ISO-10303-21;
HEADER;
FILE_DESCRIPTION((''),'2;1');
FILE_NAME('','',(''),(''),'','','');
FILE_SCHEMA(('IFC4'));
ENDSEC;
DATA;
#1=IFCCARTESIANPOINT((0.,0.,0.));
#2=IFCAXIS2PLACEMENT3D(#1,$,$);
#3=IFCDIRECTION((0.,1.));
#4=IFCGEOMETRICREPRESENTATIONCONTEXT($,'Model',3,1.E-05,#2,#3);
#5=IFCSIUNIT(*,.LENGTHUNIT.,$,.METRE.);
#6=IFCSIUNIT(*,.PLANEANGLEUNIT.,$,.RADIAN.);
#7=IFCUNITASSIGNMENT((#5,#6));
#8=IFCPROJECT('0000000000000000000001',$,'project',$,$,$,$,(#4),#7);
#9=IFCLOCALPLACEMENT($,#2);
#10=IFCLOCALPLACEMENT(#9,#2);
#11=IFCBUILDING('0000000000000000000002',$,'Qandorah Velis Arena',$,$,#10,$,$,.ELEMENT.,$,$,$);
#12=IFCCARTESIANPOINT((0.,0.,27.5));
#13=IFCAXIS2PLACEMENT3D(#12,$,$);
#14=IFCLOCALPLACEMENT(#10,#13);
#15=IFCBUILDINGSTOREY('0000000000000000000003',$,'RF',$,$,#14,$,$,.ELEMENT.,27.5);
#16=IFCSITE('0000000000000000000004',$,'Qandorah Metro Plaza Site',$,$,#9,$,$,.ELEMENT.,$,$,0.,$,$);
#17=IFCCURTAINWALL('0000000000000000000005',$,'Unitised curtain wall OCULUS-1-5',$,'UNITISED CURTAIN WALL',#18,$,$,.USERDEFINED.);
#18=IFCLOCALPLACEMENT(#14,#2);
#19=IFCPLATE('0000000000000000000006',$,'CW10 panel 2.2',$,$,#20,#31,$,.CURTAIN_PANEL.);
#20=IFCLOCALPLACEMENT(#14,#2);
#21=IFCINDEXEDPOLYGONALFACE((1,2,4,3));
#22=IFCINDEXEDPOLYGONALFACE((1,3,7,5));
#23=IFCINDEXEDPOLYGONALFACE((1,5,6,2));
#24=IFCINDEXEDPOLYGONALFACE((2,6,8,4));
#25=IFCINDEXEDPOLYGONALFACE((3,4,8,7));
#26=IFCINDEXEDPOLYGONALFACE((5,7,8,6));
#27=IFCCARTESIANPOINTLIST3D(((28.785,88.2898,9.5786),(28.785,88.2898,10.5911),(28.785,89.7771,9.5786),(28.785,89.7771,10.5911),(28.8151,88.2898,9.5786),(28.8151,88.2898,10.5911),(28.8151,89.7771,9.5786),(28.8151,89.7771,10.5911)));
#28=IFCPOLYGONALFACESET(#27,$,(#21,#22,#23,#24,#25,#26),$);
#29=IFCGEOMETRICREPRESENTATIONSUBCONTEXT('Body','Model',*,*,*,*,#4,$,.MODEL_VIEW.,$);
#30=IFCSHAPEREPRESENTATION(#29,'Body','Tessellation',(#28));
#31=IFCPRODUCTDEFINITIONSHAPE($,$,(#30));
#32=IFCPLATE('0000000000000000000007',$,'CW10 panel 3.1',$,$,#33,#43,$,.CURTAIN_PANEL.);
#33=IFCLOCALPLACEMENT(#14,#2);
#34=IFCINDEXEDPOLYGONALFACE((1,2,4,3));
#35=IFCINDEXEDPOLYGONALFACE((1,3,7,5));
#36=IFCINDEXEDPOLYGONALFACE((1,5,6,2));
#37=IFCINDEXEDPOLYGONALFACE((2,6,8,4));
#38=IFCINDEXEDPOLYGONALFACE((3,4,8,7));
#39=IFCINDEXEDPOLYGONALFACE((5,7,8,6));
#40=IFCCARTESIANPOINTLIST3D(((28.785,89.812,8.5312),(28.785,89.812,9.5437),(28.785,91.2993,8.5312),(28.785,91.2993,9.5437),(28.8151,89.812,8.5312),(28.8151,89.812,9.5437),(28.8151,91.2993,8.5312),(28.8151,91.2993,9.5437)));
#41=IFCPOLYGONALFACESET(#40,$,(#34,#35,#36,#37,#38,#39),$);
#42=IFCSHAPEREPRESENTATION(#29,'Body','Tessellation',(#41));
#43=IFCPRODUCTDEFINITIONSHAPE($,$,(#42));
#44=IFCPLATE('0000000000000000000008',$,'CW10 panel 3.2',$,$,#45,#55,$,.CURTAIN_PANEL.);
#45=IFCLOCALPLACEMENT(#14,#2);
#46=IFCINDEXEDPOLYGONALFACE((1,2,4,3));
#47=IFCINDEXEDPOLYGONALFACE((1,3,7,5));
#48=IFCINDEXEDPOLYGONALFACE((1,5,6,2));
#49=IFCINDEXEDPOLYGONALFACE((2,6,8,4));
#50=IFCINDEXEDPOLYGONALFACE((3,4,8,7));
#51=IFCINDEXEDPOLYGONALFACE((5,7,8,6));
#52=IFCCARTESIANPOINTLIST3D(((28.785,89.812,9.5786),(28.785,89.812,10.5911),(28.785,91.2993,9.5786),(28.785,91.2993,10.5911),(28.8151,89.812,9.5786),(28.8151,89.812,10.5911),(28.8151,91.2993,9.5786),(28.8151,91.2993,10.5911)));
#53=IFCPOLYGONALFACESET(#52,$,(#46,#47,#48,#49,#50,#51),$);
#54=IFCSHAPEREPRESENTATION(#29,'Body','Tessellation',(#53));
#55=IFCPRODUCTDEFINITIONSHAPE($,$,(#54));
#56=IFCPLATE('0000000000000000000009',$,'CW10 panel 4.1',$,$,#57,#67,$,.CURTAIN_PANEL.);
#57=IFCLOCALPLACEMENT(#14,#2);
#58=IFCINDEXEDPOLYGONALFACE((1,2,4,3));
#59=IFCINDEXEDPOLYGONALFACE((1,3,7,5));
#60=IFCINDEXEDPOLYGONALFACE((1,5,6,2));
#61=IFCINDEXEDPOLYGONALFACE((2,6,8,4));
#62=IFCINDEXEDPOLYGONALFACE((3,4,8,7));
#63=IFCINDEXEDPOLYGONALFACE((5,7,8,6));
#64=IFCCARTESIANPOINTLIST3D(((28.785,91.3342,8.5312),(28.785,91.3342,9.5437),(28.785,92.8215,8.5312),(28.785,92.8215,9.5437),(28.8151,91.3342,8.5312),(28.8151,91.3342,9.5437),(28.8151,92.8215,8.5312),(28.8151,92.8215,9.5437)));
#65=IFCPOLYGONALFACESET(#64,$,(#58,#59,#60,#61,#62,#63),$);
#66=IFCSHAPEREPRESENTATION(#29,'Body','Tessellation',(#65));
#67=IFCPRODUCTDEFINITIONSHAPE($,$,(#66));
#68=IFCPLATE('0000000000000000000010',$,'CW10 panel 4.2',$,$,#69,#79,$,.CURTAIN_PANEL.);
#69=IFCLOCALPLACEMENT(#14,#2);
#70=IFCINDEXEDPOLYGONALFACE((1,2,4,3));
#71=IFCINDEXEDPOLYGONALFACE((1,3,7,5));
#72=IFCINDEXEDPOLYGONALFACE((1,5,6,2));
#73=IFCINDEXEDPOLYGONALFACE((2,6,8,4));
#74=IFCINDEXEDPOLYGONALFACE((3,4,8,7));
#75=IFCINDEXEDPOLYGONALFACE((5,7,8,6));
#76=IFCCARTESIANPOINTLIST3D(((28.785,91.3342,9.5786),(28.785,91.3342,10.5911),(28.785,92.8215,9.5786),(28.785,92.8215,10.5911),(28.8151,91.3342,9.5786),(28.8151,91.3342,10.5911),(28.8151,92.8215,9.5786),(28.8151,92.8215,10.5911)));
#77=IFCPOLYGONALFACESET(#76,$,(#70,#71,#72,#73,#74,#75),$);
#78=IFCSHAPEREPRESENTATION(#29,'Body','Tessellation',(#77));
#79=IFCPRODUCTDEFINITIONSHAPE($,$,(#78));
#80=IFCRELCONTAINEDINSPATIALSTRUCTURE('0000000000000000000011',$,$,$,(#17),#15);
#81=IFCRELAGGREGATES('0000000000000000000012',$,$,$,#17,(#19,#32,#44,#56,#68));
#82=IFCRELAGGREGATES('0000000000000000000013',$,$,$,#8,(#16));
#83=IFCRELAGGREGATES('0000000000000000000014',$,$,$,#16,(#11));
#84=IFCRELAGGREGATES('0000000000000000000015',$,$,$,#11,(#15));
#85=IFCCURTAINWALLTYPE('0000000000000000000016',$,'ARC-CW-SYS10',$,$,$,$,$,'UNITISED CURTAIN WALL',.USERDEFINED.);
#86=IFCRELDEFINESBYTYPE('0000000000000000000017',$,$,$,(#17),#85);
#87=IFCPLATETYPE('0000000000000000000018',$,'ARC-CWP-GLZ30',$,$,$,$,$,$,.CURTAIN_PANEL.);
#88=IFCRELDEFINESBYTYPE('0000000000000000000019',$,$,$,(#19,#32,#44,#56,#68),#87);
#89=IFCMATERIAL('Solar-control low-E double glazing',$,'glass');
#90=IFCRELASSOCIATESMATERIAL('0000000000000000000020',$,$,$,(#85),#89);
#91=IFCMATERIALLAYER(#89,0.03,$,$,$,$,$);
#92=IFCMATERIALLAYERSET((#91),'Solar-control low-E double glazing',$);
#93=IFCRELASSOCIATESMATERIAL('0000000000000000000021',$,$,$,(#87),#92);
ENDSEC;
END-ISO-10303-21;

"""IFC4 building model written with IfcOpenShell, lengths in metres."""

from ifc_helpers import new_model, si_unit, direction, frame, origin, origin_2d, place, context, subcontext, project, spatial, rectangle, extrude, material, layer, layer_set, type_object, element, aggregate, save


model = new_model("IFC4")

# Units and contexts
model_context = context("Model", 3, precision=1e-05, world=origin(), true_north=direction((0.0, 1.0)))
body_context = subcontext(model_context, "Body", "Model", "MODEL_VIEW")
ifc_project = project(units=[si_unit("LENGTHUNIT", "METRE"), si_unit("PLANEANGLEUNIT", "RADIAN")], contexts=[model_context])

# Site, building, storey
site_placement = place(None, origin())
site = spatial("IfcSite", under=ifc_project, at=site_placement, Name="Qandorah Metro Plaza Site", CompositionType="ELEMENT", RefElevation=0.0)
building_placement = place(site_placement, origin())
building = spatial("IfcBuilding", under=site, at=building_placement, Name="Qandorah Velis Arena", CompositionType="ELEMENT")
storey_placement = place(building_placement, frame((0.0, 0.0, 27.5)))
storey = spatial("IfcBuildingStorey", under=building, at=storey_placement, Name="RF", CompositionType="ELEMENT", Elevation=27.5)

# Curtain wall
ifc_material_1 = material(Name="Solar-control low-E double glazing", Category="glass")
curtain_wall_type_1 = type_object("IfcCurtainWallType", Name="ARC-CW-SYS10", ElementType="UNITISED CURTAIN WALL", PredefinedType="USERDEFINED", material=ifc_material_1)
curtain_wall_1_placement = place(storey_placement, origin())
curtain_wall_1 = element("IfcCurtainWall", 1, at=curtain_wall_1_placement, inside=storey, type_object=curtain_wall_type_1, Name="Unitised curtain wall OCULUS-1-5", ObjectType="UNITISED CURTAIN WALL", PredefinedType="USERDEFINED")

# Plates
ifc_layer = layer(ifc_material_1, 0.03)
ifc_layer_set = layer_set([ifc_layer], Name="Solar-control low-E double glazing")
plate_type = type_object("IfcPlateType", Name="ARC-CWP-GLZ30", PredefinedType="CURTAIN_PANEL", material=ifc_layer_set)
plate_1_placement = place(storey_placement, frame((28.8, 89.0334, 9.5786), z_axis=(0.0, 0.0, 1.0), x_axis=(0.0, 1.0, 0.0)))
plate_1 = element("IfcPlate", 2, at=plate_1_placement, type_object=plate_type, Name="CW10 panel 2.2", PredefinedType="CURTAIN_PANEL", context=body_context, shape_type="SweptSolid", body=[
    extrude(rectangle(XDim=1.4873, YDim=0.03, at=origin_2d()), origin(), (0.0, 0.0, 1.0), 1.0125),
])
plate_2_placement = place(storey_placement, frame((28.8, 90.5557, 8.5312), z_axis=(0.0, 0.0, 1.0), x_axis=(0.0, 1.0, 0.0)))
plate_2 = element("IfcPlate", 3, at=plate_2_placement, type_object=plate_type, Name="CW10 panel 3.1", PredefinedType="CURTAIN_PANEL", context=body_context, shape_type="SweptSolid", body=[
    extrude(rectangle(XDim=1.4873, YDim=0.03, at=origin_2d()), origin(), (0.0, 0.0, 1.0), 1.0125),
])
plate_3_placement = place(storey_placement, frame((28.8, 90.5557, 9.5786), z_axis=(0.0, 0.0, 1.0), x_axis=(0.0, 1.0, 0.0)))
plate_3 = element("IfcPlate", 4, at=plate_3_placement, type_object=plate_type, Name="CW10 panel 3.2", PredefinedType="CURTAIN_PANEL", context=body_context, shape_type="SweptSolid", body=[
    extrude(rectangle(XDim=1.4873, YDim=0.03, at=origin_2d()), origin(), (0.0, 0.0, 1.0), 1.0125),
])
plate_4_placement = place(storey_placement, frame((28.8, 92.0779, 8.5312), z_axis=(0.0, 0.0, 1.0), x_axis=(0.0, 1.0, 0.0)))
plate_4 = element("IfcPlate", 5, at=plate_4_placement, type_object=plate_type, Name="CW10 panel 4.1", PredefinedType="CURTAIN_PANEL", context=body_context, shape_type="SweptSolid", body=[
    extrude(rectangle(XDim=1.4873, YDim=0.03, at=origin_2d()), origin(), (0.0, 0.0, 1.0), 1.0125),
])
plate_5_placement = place(storey_placement, frame((28.8, 92.0779, 9.5786), z_axis=(0.0, 0.0, 1.0), x_axis=(0.0, 1.0, 0.0)))
plate_5 = element("IfcPlate", 6, at=plate_5_placement, type_object=plate_type, Name="CW10 panel 4.2", PredefinedType="CURTAIN_PANEL", context=body_context, shape_type="SweptSolid", body=[
    extrude(rectangle(XDim=1.4873, YDim=0.03, at=origin_2d()), origin(), (0.0, 0.0, 1.0), 1.0125),
])
aggregate(curtain_wall_1, [plate_1, plate_2, plate_3, plate_4, plate_5])

save(model, "model.ifc")
